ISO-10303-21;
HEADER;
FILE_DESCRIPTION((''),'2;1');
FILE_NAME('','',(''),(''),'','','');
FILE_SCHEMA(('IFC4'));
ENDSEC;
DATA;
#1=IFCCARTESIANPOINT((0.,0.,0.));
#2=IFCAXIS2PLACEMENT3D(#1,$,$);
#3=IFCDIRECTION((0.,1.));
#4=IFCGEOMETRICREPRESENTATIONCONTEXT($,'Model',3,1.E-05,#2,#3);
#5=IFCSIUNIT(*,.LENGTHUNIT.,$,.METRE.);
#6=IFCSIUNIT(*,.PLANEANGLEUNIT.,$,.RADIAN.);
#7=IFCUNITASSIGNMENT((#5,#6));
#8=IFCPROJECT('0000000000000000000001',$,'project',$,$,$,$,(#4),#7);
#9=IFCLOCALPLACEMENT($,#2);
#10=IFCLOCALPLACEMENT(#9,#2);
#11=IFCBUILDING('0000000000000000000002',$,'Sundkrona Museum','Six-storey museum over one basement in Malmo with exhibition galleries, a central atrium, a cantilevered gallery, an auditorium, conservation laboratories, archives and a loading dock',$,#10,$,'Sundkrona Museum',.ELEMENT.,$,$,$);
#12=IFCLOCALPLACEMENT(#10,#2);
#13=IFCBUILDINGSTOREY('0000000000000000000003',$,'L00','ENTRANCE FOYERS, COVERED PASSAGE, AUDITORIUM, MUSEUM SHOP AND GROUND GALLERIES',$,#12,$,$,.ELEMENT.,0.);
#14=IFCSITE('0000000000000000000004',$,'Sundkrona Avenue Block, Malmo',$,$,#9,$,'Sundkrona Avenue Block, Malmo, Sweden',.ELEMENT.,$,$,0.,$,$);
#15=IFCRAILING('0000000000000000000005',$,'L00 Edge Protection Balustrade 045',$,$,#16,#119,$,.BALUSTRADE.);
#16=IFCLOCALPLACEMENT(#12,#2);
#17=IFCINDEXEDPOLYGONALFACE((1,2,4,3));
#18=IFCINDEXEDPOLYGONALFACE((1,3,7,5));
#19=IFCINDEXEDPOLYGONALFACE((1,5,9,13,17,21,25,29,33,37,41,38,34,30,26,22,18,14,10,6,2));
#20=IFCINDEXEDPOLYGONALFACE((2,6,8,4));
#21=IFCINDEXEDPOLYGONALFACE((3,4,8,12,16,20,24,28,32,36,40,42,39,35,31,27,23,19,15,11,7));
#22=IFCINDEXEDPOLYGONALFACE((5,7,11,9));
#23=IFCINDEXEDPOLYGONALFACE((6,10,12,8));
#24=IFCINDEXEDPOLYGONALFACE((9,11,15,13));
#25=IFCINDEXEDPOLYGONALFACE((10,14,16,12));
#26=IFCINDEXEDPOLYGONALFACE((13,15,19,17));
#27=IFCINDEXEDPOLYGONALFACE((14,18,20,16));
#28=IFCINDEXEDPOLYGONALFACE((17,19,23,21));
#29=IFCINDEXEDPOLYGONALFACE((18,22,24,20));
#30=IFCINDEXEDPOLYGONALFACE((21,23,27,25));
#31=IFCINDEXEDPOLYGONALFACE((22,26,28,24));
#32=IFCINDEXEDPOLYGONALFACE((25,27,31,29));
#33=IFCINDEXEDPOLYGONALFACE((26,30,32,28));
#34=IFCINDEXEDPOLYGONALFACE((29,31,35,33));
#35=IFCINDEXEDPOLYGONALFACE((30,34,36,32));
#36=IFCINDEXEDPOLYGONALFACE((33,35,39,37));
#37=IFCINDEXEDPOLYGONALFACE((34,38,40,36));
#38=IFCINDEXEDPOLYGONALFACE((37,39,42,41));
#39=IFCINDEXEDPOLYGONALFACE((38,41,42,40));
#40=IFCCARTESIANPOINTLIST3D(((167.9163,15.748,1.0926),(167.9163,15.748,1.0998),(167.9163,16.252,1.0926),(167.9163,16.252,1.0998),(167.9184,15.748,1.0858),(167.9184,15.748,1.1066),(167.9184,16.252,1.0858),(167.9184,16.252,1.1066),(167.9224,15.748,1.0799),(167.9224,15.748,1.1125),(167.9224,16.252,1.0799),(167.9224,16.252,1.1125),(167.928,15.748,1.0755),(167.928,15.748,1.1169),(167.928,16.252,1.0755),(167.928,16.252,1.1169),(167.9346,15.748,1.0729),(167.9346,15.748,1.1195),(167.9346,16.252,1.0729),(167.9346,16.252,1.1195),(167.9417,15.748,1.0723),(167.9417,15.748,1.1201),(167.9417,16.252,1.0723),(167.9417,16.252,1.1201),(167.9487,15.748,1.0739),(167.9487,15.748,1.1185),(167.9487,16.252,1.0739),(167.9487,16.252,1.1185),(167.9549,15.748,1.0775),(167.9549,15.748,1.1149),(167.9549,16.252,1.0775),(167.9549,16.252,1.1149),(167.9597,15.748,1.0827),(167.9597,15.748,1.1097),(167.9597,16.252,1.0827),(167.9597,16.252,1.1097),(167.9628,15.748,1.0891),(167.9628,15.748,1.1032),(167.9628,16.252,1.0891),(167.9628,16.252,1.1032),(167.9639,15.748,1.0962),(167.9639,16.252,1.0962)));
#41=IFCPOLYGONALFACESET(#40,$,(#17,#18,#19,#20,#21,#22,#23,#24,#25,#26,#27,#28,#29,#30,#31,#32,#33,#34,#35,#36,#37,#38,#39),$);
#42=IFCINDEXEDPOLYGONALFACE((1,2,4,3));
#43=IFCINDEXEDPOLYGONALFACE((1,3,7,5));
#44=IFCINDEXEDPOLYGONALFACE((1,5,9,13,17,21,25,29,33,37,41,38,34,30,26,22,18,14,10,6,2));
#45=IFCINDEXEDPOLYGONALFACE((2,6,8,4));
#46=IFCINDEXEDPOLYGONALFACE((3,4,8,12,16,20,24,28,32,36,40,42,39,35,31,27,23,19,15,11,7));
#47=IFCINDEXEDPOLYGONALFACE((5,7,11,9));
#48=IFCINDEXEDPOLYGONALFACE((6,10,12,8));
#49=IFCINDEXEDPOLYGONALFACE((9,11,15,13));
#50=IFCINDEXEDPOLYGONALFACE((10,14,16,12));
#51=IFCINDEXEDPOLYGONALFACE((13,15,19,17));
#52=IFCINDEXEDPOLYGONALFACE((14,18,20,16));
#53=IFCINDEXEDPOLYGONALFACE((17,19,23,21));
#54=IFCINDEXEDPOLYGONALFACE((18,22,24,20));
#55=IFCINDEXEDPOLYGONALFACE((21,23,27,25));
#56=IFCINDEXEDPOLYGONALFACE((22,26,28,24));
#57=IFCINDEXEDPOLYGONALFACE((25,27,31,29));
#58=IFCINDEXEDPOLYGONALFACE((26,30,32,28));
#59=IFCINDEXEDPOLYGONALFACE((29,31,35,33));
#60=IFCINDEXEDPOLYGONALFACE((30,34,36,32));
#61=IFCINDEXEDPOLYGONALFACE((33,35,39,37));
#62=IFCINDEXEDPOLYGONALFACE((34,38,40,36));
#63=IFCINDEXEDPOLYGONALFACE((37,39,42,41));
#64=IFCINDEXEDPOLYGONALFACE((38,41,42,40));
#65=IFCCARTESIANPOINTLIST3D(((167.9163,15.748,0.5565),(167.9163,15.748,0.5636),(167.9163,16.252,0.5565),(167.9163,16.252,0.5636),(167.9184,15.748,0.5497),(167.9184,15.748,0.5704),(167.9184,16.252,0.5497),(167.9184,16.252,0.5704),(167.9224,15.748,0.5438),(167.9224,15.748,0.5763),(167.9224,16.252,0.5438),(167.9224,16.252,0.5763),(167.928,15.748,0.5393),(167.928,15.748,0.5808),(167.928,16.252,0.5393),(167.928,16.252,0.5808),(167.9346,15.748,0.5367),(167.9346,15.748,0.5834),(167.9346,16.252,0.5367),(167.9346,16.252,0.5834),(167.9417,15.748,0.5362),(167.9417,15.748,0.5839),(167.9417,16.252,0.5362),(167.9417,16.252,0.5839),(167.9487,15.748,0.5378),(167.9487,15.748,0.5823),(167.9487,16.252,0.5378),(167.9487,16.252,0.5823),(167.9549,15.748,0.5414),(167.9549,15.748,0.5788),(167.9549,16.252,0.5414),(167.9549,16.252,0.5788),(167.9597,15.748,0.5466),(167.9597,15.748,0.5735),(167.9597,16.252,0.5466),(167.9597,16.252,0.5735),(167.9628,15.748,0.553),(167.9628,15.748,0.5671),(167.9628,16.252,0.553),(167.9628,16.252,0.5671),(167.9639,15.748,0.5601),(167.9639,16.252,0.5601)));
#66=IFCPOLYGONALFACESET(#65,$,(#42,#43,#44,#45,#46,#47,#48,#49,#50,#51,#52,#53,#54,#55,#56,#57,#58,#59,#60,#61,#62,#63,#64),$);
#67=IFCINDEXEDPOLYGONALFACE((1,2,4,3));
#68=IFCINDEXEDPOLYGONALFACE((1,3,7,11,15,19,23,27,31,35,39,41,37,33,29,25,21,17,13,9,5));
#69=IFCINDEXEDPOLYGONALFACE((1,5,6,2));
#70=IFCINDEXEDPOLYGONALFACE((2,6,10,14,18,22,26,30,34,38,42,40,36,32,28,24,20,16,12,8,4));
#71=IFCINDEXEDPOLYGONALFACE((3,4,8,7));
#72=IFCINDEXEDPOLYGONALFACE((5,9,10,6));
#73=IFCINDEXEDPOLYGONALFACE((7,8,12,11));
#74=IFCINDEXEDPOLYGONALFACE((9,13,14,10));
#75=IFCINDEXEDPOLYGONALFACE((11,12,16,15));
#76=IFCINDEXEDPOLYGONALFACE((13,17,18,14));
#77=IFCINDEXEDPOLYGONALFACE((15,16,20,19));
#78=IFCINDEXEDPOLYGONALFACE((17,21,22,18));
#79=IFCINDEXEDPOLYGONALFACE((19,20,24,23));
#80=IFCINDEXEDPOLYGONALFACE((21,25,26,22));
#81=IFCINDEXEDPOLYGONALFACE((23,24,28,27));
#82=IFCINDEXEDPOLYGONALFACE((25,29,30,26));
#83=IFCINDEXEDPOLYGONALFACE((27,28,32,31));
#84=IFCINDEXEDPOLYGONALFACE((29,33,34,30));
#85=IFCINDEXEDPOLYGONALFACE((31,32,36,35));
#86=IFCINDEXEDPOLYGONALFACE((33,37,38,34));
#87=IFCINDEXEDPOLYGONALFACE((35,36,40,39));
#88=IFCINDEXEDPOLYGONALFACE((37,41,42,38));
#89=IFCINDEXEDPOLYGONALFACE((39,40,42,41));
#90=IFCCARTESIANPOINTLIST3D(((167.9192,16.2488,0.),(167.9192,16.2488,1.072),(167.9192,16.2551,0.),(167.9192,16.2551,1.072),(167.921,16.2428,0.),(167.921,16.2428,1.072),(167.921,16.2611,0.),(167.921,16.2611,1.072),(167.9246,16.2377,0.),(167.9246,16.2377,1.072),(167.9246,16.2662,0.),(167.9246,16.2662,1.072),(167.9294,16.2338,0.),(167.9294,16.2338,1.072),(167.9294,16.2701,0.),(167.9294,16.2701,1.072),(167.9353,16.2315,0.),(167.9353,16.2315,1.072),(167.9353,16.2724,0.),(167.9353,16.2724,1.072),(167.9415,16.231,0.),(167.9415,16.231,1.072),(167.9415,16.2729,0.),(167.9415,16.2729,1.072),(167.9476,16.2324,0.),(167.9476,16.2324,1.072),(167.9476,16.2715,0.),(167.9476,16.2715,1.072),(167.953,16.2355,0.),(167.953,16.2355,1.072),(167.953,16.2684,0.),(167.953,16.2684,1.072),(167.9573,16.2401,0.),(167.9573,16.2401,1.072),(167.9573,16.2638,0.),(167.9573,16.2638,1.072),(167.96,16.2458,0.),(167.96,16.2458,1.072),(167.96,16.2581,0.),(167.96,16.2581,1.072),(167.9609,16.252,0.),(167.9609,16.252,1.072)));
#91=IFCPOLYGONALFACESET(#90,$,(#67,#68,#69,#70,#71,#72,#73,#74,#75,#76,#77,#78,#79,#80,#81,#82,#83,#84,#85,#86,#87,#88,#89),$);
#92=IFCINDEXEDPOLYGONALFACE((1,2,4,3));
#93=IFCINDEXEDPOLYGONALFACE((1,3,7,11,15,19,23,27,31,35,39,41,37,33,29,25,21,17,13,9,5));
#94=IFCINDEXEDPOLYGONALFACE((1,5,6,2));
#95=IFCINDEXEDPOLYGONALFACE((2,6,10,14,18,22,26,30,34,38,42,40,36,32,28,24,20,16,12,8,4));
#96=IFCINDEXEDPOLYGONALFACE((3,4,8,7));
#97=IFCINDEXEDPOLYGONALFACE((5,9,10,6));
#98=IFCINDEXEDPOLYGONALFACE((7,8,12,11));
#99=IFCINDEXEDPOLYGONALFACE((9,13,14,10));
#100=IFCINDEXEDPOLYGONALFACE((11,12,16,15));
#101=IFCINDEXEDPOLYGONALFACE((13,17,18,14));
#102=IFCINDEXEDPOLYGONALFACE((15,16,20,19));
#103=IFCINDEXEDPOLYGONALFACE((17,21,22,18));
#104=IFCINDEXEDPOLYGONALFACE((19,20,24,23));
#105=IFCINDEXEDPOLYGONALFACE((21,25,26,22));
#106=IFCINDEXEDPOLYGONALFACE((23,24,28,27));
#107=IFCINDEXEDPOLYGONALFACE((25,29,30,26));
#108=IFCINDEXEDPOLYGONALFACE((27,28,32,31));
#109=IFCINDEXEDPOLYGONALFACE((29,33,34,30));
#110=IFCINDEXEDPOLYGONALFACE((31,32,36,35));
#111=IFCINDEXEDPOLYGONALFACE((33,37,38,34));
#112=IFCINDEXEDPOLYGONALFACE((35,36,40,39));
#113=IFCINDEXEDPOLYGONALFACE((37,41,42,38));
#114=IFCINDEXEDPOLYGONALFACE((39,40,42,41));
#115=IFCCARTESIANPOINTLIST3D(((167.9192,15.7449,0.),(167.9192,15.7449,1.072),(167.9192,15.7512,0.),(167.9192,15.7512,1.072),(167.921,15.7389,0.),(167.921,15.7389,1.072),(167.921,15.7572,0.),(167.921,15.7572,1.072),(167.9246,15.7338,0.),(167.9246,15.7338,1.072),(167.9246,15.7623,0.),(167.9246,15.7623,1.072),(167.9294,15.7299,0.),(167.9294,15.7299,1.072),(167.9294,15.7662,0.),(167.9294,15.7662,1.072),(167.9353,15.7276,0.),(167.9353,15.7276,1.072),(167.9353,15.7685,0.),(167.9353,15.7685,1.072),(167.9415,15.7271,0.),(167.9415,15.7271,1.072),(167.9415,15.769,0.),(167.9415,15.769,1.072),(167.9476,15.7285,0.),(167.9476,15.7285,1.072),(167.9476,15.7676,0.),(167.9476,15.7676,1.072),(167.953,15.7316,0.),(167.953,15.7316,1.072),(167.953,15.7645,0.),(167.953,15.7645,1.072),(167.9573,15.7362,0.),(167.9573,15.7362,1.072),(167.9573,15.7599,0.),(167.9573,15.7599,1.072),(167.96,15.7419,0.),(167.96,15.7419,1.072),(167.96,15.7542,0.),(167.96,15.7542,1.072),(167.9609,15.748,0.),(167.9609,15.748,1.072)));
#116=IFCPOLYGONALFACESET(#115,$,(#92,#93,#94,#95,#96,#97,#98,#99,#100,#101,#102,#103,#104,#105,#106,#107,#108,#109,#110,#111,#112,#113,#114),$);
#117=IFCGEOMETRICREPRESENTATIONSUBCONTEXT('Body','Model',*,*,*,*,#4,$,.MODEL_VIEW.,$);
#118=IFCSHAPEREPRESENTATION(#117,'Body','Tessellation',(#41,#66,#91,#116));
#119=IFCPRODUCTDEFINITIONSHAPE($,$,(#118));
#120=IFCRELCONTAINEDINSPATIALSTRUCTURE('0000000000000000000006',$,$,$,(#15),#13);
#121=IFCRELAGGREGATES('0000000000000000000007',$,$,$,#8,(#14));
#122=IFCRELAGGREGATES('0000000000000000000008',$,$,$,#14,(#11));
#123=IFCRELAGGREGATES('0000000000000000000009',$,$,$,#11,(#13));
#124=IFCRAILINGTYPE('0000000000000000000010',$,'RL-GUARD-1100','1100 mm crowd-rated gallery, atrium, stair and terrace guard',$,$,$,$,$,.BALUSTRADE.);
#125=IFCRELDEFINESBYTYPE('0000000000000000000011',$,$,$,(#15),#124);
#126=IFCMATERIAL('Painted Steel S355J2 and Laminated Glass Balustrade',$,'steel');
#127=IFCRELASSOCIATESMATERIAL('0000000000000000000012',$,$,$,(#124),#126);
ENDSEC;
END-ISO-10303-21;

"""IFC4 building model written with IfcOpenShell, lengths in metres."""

from ifc_helpers import new_model, si_unit, direction, frame, origin, origin_2d, place, context, subcontext, project, spatial, circle, extrude, material, type_object, element, save


model = new_model("IFC4")

# Units and contexts
model_context = context("Model", 3, precision=1e-05, world=origin(), true_north=direction((0.0, 1.0)))
body_context = subcontext(model_context, "Body", "Model", "MODEL_VIEW")
ifc_project = project(units=[si_unit("LENGTHUNIT", "METRE"), si_unit("PLANEANGLEUNIT", "RADIAN")], contexts=[model_context])

# Site, building, storey
site_placement = place(None, origin())
site = spatial("IfcSite", under=ifc_project, at=site_placement, Name="Sundkrona Avenue Block, Malmo", LongName="Sundkrona Avenue Block, Malmo, Sweden", CompositionType="ELEMENT", RefElevation=0.0)
building_placement = place(site_placement, origin())
building = spatial("IfcBuilding", under=site, at=building_placement, Name="Sundkrona Museum", Description="Six-storey museum over one basement in Malmo with exhibition galleries, a central atrium, a cantilevered gallery, an auditorium, conservation laboratories, archives and a loading dock", LongName="Sundkrona Museum", CompositionType="ELEMENT")
storey_placement = place(building_placement, origin())
storey = spatial("IfcBuildingStorey", under=building, at=storey_placement, Name="L00", Description="ENTRANCE FOYERS, COVERED PASSAGE, AUDITORIUM, MUSEUM SHOP AND GROUND GALLERIES", CompositionType="ELEMENT", Elevation=0.0)

# Railing
ifc_material_1 = material(Name="Painted Steel S355J2 and Laminated Glass Balustrade", Category="steel")
railing_type = type_object("IfcRailingType", Name="RL-GUARD-1100", Description="1100 mm crowd-rated gallery, atrium, stair and terrace guard", PredefinedType="BALUSTRADE", material=ifc_material_1)
railing_placement = place(storey_placement, frame((167.9399, 16.252, 0.0)))
element("IfcRailing", 1, at=railing_placement, inside=storey, type_object=railing_type, Name="L00 Edge Protection Balustrade 045", PredefinedType="BALUSTRADE", context=body_context, shape_type="SweptSolid", body=[
    extrude(circle(Radius=0.0239, at=origin_2d()), frame((0.0, 0.0, 1.0962), z_axis=(0.0, -1.0, 0.0), x_axis=(1.0, 0.0, 0.0)), (0.0, 0.0, 1.0), 0.5039),
    extrude(circle(Radius=0.0239, at=origin_2d()), frame((0.0, 0.0, 0.5601), z_axis=(0.0, -1.0, 0.0), x_axis=(1.0, 0.0, 0.0)), (0.0, 0.0, 1.0), 0.5039),
    extrude(circle(Radius=0.021, at=origin_2d()), origin(), (0.0, 0.0, 1.0), 1.072),
    extrude(circle(Radius=0.021, at=origin_2d()), frame((0.0, -0.5039, 0.0)), (0.0, 0.0, 1.0), 1.072),
])

save(model, "model.ifc")
